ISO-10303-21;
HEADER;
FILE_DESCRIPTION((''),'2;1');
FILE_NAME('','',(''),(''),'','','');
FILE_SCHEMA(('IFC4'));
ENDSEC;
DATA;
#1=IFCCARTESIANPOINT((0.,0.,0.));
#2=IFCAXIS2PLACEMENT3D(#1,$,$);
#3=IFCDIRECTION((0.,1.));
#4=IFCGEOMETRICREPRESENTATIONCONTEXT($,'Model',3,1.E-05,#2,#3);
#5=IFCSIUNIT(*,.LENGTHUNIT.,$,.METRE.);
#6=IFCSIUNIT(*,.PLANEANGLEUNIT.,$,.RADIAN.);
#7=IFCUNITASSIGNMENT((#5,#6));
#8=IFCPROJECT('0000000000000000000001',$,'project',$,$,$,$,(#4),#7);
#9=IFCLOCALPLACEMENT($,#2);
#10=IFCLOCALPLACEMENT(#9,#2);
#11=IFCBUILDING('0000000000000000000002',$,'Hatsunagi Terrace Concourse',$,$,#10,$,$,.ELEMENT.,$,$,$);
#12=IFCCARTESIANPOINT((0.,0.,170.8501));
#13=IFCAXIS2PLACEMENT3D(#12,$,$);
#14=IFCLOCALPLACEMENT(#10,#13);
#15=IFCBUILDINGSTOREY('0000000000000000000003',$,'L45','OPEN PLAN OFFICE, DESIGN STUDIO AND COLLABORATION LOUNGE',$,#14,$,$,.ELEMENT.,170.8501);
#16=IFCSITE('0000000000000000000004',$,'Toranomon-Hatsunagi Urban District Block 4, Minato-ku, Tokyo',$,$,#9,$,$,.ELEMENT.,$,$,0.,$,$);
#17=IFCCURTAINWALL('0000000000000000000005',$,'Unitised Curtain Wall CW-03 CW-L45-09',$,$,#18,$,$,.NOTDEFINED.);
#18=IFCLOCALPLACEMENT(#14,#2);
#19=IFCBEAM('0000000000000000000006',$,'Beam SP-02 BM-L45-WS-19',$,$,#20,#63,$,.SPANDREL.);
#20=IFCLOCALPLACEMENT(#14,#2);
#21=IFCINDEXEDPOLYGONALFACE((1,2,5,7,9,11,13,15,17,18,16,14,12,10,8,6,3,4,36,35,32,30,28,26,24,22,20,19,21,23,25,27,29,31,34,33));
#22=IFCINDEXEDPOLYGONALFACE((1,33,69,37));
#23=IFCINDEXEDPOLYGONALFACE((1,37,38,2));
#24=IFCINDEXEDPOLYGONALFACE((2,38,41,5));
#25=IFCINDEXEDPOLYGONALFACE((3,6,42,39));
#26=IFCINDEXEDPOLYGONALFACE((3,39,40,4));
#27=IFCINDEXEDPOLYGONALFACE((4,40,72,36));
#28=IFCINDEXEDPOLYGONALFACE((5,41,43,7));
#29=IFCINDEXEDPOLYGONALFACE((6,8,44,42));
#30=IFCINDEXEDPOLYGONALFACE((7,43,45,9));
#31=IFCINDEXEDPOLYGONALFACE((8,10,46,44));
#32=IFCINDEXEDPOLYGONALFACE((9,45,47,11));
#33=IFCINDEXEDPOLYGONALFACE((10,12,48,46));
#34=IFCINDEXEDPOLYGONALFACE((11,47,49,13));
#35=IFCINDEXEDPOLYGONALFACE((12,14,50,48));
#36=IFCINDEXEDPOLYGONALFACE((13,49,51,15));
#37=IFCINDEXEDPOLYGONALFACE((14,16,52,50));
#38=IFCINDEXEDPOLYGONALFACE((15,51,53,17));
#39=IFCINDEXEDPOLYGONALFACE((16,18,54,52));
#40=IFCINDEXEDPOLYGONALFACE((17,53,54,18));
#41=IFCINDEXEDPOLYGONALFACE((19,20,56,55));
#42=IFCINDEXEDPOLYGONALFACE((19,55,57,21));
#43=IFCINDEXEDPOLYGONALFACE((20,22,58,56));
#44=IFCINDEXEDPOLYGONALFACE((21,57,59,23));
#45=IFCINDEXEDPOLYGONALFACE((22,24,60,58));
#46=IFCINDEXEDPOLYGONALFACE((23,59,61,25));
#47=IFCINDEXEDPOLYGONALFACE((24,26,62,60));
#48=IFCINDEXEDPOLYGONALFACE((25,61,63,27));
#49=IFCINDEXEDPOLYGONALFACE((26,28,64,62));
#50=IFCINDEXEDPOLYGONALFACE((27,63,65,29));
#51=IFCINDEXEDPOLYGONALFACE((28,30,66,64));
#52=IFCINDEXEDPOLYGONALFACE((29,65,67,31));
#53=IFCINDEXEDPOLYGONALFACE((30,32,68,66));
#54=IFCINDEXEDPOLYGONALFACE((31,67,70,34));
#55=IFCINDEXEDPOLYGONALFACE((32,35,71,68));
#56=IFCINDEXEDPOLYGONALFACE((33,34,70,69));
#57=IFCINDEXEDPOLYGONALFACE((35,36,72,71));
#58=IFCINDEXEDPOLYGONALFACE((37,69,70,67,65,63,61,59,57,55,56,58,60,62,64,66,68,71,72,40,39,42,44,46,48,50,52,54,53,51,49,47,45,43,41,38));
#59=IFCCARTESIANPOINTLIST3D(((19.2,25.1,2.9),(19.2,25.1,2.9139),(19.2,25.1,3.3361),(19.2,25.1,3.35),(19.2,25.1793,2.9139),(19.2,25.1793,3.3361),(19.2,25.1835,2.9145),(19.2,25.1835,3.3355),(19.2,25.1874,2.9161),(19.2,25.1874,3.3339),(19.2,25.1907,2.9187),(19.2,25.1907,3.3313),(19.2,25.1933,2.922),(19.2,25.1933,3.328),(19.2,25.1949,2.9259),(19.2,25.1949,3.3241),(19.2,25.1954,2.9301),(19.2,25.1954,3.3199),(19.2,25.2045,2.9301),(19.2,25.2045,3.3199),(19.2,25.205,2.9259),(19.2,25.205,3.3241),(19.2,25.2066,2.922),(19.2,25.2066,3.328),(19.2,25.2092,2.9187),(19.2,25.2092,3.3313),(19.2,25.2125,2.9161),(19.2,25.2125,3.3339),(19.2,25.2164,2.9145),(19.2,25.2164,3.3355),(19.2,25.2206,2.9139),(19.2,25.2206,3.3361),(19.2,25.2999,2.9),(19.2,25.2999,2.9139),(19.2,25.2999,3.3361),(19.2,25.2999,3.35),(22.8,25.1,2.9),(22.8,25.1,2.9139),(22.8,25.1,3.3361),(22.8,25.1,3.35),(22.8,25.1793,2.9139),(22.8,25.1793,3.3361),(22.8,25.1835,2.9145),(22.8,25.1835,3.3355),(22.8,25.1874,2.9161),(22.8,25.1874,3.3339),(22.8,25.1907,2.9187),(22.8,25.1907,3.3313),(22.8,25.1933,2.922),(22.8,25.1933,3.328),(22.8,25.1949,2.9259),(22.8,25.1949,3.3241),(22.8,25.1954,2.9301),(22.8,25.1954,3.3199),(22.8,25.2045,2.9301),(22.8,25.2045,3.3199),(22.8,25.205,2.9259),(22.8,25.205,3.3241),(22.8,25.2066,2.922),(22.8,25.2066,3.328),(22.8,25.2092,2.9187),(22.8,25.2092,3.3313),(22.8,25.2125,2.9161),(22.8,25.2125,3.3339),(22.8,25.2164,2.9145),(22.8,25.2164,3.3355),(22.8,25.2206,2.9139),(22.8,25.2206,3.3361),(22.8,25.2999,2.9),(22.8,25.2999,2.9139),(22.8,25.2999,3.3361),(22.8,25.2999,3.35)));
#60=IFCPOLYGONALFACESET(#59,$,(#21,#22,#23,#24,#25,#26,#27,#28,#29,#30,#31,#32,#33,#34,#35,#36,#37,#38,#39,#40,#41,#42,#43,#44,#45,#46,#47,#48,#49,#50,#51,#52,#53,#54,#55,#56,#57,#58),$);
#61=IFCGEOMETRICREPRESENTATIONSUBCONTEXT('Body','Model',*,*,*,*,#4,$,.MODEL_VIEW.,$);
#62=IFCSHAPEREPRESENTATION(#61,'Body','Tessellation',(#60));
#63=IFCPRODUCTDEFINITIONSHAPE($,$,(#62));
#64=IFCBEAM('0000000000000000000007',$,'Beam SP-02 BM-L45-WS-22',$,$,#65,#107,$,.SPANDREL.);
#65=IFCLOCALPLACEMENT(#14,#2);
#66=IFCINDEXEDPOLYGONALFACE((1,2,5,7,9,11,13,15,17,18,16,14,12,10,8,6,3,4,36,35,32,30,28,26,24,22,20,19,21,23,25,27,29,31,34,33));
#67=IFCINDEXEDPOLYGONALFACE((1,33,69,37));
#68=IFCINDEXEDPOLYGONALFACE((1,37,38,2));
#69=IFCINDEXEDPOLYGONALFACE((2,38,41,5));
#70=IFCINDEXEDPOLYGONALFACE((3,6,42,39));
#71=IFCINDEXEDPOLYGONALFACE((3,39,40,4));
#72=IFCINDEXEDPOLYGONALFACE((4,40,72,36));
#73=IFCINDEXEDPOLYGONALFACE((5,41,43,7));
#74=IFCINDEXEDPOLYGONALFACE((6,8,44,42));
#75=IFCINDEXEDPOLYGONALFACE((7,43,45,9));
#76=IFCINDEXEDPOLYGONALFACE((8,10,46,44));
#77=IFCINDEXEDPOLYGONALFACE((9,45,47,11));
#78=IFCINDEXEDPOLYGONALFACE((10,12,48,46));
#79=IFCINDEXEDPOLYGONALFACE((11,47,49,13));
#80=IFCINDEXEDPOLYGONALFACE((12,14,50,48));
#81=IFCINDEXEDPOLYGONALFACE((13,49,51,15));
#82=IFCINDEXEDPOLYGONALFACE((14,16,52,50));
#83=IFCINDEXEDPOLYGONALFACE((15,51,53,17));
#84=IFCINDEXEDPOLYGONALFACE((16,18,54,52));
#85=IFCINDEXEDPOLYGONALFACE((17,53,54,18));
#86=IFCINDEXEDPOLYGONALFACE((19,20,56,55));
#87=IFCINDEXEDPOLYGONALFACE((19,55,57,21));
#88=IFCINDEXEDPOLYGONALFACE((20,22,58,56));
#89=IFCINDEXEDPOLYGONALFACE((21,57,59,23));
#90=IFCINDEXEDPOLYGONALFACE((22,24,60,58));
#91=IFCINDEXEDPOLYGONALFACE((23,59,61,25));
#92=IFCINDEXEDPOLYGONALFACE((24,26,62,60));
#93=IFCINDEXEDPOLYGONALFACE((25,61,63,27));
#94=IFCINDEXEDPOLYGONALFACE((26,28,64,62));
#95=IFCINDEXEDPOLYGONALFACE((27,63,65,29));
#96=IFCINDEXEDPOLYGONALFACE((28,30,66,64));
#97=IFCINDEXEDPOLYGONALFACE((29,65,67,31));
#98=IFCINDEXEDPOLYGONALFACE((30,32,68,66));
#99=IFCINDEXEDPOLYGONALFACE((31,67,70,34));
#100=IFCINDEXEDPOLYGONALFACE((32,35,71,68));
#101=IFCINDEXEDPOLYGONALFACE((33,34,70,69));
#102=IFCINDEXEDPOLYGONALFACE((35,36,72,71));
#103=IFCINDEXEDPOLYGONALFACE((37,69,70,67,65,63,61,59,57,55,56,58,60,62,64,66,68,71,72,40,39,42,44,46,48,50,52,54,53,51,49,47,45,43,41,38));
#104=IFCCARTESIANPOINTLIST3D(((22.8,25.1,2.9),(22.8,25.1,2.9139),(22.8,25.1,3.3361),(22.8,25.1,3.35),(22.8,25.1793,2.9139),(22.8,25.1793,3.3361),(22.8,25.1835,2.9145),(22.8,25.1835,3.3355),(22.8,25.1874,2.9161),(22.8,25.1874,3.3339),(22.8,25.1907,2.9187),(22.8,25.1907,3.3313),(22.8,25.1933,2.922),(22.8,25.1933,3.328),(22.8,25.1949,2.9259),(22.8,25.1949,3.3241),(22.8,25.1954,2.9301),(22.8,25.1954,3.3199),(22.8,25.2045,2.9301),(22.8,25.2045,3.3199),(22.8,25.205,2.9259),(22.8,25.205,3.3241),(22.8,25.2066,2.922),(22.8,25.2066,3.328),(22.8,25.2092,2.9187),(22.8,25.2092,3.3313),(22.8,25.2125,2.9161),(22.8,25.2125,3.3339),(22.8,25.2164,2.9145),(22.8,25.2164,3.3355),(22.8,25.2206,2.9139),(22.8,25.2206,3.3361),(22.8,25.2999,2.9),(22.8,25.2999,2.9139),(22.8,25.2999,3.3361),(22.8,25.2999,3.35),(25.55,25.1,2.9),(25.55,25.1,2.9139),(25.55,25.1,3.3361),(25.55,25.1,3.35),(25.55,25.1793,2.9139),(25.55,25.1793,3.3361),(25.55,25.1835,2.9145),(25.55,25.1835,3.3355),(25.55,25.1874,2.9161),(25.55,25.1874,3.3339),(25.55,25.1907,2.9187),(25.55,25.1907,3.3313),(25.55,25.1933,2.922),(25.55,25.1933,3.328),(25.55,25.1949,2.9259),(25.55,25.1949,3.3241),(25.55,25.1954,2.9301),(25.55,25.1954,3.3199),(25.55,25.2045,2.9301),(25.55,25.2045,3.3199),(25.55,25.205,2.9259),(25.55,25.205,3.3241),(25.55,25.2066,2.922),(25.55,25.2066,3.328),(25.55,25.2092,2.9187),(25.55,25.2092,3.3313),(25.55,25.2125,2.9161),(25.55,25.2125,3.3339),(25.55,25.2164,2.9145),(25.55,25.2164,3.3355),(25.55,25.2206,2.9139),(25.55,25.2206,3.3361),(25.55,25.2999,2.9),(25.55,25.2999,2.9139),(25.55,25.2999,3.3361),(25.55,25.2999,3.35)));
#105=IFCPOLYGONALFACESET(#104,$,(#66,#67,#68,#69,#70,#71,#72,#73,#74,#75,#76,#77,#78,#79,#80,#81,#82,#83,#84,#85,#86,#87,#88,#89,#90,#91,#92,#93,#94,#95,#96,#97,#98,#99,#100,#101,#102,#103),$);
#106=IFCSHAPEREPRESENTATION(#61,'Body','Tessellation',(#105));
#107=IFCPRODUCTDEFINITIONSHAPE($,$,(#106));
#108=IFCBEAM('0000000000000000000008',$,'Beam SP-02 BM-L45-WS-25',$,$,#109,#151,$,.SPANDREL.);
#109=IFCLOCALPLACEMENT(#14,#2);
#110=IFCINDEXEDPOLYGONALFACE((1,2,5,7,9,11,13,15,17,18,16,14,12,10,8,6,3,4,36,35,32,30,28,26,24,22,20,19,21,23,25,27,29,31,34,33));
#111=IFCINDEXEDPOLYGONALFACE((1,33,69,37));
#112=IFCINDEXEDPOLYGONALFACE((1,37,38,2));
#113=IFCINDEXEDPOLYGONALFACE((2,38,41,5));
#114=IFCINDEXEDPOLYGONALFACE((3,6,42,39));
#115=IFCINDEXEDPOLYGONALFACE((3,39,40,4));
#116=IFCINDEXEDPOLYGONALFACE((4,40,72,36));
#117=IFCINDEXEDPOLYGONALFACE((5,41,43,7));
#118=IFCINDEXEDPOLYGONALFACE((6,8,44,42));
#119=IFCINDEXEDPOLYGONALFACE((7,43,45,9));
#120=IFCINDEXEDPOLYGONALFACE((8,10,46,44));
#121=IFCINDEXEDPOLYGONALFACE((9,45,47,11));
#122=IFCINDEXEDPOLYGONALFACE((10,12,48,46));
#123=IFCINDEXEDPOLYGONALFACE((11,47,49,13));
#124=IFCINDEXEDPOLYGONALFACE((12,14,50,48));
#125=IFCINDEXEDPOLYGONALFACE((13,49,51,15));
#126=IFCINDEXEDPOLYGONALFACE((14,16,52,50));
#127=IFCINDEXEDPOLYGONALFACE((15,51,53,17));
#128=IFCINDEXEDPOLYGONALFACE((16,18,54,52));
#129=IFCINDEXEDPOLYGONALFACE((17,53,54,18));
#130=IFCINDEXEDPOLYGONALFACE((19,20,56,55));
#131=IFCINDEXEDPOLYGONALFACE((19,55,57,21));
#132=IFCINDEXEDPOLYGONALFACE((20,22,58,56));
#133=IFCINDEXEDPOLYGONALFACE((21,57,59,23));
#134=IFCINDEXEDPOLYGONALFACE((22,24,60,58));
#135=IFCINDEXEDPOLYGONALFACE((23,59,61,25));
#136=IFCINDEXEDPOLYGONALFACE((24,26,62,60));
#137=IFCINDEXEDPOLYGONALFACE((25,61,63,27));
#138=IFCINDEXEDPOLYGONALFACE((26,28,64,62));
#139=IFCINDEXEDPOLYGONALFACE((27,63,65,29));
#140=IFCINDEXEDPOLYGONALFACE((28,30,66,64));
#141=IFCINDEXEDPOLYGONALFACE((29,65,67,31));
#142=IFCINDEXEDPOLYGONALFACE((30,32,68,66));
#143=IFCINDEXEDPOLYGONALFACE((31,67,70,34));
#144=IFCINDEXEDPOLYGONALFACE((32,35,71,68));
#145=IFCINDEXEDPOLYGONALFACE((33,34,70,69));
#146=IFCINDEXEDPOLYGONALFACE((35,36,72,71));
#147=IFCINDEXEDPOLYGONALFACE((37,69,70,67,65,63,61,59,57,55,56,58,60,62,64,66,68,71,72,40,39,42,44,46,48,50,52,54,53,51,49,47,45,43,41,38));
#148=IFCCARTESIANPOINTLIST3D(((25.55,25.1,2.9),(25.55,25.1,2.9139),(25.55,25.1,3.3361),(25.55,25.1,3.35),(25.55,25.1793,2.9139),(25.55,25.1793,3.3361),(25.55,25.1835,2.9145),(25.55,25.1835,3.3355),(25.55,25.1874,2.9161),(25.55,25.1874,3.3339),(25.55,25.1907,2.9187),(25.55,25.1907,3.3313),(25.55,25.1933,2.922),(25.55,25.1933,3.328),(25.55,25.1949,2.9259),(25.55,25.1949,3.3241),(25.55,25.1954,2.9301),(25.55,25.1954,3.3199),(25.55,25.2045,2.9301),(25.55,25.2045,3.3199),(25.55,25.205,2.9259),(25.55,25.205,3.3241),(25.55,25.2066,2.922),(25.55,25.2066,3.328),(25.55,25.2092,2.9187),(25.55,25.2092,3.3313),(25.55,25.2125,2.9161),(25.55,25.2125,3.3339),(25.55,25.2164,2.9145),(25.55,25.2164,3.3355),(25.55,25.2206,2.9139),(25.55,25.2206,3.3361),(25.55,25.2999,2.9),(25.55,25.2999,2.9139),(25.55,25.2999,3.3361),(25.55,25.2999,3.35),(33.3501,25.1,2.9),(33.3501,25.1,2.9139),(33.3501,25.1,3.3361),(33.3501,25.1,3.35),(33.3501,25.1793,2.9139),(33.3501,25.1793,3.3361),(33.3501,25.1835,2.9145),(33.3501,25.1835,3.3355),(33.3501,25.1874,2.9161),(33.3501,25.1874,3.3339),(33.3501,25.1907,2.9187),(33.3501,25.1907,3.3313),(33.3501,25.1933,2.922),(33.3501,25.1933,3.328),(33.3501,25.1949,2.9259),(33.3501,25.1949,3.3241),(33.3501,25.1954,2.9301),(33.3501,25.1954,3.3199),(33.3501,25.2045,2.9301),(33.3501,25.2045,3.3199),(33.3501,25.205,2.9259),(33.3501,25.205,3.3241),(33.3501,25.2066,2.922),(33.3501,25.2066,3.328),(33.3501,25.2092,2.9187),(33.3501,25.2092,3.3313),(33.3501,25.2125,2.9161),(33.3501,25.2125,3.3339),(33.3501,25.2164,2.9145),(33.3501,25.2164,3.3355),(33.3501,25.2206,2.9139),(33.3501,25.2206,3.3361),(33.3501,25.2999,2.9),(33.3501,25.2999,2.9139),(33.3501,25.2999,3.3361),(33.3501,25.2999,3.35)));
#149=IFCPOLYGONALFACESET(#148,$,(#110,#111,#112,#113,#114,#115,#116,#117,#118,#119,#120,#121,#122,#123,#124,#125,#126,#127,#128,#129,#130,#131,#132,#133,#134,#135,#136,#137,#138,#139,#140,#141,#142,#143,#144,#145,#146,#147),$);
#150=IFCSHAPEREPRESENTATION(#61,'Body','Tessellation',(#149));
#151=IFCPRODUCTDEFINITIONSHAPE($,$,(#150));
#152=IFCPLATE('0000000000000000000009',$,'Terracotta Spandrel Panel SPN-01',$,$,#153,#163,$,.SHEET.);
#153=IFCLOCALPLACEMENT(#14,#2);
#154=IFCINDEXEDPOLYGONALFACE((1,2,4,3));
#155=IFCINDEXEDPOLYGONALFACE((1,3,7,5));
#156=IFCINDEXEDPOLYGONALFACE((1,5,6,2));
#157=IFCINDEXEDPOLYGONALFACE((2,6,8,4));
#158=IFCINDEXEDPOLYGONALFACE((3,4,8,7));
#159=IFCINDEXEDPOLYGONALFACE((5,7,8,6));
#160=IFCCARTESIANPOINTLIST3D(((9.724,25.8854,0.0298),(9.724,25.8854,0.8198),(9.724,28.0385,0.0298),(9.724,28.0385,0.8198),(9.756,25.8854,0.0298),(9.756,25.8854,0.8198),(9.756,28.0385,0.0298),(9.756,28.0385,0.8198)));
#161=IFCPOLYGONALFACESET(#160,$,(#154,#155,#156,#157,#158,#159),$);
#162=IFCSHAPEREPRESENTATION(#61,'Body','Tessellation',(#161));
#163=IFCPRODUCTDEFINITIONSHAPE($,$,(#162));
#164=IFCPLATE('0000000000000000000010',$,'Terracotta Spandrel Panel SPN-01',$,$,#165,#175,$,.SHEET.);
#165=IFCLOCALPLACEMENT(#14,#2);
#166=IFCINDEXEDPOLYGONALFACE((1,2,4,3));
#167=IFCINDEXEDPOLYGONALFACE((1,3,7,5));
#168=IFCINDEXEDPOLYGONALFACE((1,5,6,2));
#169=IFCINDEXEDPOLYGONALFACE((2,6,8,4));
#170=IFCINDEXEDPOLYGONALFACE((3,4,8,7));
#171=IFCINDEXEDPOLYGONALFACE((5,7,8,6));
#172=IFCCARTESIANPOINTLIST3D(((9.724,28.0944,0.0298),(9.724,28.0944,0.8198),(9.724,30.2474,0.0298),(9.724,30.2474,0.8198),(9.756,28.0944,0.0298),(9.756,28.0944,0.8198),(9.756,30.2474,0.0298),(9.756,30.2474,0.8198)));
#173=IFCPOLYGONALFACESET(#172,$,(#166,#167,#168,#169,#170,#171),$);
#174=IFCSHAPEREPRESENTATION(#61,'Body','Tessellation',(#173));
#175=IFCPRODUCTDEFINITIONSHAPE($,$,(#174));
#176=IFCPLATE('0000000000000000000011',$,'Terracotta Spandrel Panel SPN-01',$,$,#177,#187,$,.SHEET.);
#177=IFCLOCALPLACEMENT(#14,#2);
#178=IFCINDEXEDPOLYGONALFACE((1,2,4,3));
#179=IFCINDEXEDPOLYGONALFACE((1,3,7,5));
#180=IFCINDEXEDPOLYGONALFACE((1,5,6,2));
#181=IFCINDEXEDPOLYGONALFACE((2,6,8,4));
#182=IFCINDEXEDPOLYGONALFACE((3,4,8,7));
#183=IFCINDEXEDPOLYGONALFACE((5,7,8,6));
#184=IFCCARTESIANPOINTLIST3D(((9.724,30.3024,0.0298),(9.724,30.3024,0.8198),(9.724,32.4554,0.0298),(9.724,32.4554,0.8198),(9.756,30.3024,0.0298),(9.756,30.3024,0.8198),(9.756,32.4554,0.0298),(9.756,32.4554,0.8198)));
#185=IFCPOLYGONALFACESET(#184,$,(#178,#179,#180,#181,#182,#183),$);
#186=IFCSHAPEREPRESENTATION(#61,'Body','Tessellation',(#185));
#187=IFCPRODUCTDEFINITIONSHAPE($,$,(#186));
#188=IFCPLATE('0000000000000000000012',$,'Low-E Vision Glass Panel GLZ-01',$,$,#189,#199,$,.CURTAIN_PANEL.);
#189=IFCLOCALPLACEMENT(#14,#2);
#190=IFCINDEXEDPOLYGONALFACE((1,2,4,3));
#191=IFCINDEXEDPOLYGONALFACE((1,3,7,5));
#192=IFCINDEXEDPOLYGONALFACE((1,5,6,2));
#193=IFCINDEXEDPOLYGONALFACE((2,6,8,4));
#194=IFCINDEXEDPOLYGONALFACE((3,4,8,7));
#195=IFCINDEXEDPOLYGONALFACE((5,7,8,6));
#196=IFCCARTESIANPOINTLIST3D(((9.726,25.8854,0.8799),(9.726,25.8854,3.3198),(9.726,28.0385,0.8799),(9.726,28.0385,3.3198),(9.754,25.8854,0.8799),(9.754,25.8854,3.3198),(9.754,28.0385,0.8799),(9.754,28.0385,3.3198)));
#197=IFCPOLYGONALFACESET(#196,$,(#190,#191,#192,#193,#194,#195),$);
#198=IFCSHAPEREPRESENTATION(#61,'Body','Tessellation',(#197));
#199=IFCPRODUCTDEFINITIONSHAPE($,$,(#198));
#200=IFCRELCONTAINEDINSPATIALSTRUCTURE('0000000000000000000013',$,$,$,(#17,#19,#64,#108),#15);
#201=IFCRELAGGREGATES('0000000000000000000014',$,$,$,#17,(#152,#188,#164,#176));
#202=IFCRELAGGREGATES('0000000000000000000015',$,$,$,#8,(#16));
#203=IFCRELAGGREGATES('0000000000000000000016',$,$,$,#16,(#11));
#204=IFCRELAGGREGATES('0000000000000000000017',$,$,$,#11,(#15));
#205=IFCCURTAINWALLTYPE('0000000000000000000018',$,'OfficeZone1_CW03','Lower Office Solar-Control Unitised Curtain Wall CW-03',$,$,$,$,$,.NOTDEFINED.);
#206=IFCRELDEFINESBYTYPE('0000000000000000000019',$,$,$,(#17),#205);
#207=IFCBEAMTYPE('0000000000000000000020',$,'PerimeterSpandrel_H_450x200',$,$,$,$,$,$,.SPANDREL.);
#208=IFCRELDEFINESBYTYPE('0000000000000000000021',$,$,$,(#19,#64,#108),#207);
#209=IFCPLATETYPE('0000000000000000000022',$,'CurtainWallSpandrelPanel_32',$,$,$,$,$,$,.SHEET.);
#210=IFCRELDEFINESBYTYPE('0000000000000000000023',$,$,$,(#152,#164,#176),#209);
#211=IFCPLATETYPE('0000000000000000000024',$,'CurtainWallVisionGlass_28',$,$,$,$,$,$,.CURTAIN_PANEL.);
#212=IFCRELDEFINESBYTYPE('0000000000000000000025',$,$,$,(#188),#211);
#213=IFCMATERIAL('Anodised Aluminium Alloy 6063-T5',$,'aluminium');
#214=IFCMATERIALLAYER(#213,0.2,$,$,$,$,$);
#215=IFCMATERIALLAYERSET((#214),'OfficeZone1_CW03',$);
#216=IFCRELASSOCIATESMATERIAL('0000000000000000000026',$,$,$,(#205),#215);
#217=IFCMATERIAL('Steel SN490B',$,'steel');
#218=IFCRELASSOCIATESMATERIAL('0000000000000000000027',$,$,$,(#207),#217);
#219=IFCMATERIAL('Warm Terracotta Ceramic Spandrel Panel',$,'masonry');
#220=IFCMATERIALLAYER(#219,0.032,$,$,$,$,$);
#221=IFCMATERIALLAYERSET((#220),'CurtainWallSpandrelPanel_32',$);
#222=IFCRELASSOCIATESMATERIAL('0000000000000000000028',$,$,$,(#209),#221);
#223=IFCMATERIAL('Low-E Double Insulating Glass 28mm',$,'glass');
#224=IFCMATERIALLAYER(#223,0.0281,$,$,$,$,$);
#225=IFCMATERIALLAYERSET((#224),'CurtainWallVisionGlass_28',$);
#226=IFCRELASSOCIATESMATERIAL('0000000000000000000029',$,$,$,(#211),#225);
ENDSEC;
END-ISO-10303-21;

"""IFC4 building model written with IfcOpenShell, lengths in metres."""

from ifc_helpers import new_model, si_unit, direction, frame, origin, origin_2d, place, context, subcontext, project, spatial, rectangle, i_section, extrude, material, layer, layer_set, material_profile, profile_set, type_object, element, aggregate, save


model = new_model("IFC4")

# Units and contexts
model_context = context("Model", 3, precision=1e-05, world=origin(), true_north=direction((0.0, 1.0)))
body_context = subcontext(model_context, "Body", "Model", "MODEL_VIEW")
ifc_project = project(units=[si_unit("LENGTHUNIT", "METRE"), si_unit("PLANEANGLEUNIT", "RADIAN")], contexts=[model_context])

# Site, building, storey
site_placement = place(None, origin())
site = spatial("IfcSite", under=ifc_project, at=site_placement, Name="Toranomon-Hatsunagi Urban District Block 4, Minato-ku, Tokyo", CompositionType="ELEMENT", RefElevation=0.0)
building_placement = place(site_placement, origin())
building = spatial("IfcBuilding", under=site, at=building_placement, Name="Hatsunagi Terrace Concourse", CompositionType="ELEMENT")
storey_placement = place(building_placement, frame((0.0, 0.0, 170.8501)))
storey = spatial("IfcBuildingStorey", under=building, at=storey_placement, Name="L45", Description="OPEN PLAN OFFICE, DESIGN STUDIO AND COLLABORATION LOUNGE", CompositionType="ELEMENT", Elevation=170.8501)

# Curtain wall
ifc_material_1 = material(Name="Anodised Aluminium Alloy 6063-T5", Category="aluminium")
ifc_layer_1 = layer(ifc_material_1, 0.2)
ifc_layer_set_1 = layer_set([ifc_layer_1], Name="OfficeZone1_CW03")
curtain_wall_type = type_object("IfcCurtainWallType", Name="OfficeZone1_CW03", Description="Lower Office Solar-Control Unitised Curtain Wall CW-03", PredefinedType="NOTDEFINED", material=ifc_layer_set_1)
curtain_wall_placement = place(storey_placement, origin())
curtain_wall = element("IfcCurtainWall", 1, at=curtain_wall_placement, inside=storey, type_object=curtain_wall_type, Name="Unitised Curtain Wall CW-03 CW-L45-09", PredefinedType="NOTDEFINED")

# Beams
ifc_material_2 = material(Name="Steel SN490B", Category="steel")
ifc_material_profile_1 = material_profile(ifc_material_2, i_section(OverallWidth=0.2, OverallDepth=0.45, WebThickness=0.009, FlangeThickness=0.0139, FilletRadius=0.0161, at=origin_2d()), Name="H-450x200x9x14")
ifc_profile_set_1 = profile_set([ifc_material_profile_1], Name="Steel SN490B")
beam_type_1 = type_object("IfcBeamType", Name="PerimeterSpandrel_H_450x200", PredefinedType="SPANDREL", material=ifc_profile_set_1)
beam_1_placement = place(storey_placement, frame((19.2, 25.2, 3.125), z_axis=(1.0, 0.0, 0.0), x_axis=(0.0, 1.0, 0.0)))
element("IfcBeam", 2, at=beam_1_placement, inside=storey, type_object=beam_type_1, Name="Beam SP-02 BM-L45-WS-19", PredefinedType="SPANDREL", context=body_context, shape_type="SweptSolid", body=[
    extrude(i_section(OverallWidth=0.2, OverallDepth=0.45, WebThickness=0.009, FlangeThickness=0.0139, FilletRadius=0.0161, at=origin_2d()), origin(), (0.0, 0.0, 1.0), 3.6001),
])
beam_2_placement = place(storey_placement, frame((22.8, 25.2, 3.125), z_axis=(1.0, 0.0, 0.0), x_axis=(0.0, 1.0, 0.0)))
element("IfcBeam", 3, at=beam_2_placement, inside=storey, type_object=beam_type_1, Name="Beam SP-02 BM-L45-WS-22", PredefinedType="SPANDREL", context=body_context, shape_type="SweptSolid", body=[
    extrude(i_section(OverallWidth=0.2, OverallDepth=0.45, WebThickness=0.009, FlangeThickness=0.0139, FilletRadius=0.0161, at=origin_2d()), origin(), (0.0, 0.0, 1.0), 2.75),
])
beam_3_placement = place(storey_placement, frame((25.55, 25.2, 3.125), z_axis=(1.0, 0.0, 0.0), x_axis=(0.0, 1.0, 0.0)))
element("IfcBeam", 4, at=beam_3_placement, inside=storey, type_object=beam_type_1, Name="Beam SP-02 BM-L45-WS-25", PredefinedType="SPANDREL", context=body_context, shape_type="SweptSolid", body=[
    extrude(i_section(OverallWidth=0.2, OverallDepth=0.45, WebThickness=0.009, FlangeThickness=0.0139, FilletRadius=0.0161, at=origin_2d()), origin(), (0.0, 0.0, 1.0), 7.8),
])

# Plates
ifc_material_3 = material(Name="Warm Terracotta Ceramic Spandrel Panel", Category="masonry")
ifc_layer_2 = layer(ifc_material_3, 0.032)
ifc_layer_set_2 = layer_set([ifc_layer_2], Name="CurtainWallSpandrelPanel_32")
plate_type_1 = type_object("IfcPlateType", Name="CurtainWallSpandrelPanel_32", PredefinedType="SHEET", material=ifc_layer_set_2)
plate_1_placement = place(storey_placement, frame((9.74, 26.9619, 0.0298), z_axis=(0.0, 0.0, 1.0), x_axis=(0.0, 1.0, 0.0)))
plate_1 = element("IfcPlate", 5, at=plate_1_placement, type_object=plate_type_1, Name="Terracotta Spandrel Panel SPN-01", PredefinedType="SHEET", context=body_context, shape_type="SweptSolid", body=[
    extrude(rectangle(XDim=2.1531, YDim=0.032, at=origin_2d()), origin(), (0.0, 0.0, 1.0), 0.79),
])
plate_2_placement = place(storey_placement, frame((9.74, 29.1709, 0.0298), z_axis=(0.0, 0.0, 1.0), x_axis=(0.0, 1.0, 0.0)))
plate_2 = element("IfcPlate", 6, at=plate_2_placement, type_object=plate_type_1, Name="Terracotta Spandrel Panel SPN-01", PredefinedType="SHEET", context=body_context, shape_type="SweptSolid", body=[
    extrude(rectangle(XDim=2.1531, YDim=0.032, at=origin_2d()), origin(), (0.0, 0.0, 1.0), 0.79),
])
plate_3_placement = place(storey_placement, frame((9.74, 31.3789, 0.0298), z_axis=(0.0, 0.0, 1.0), x_axis=(0.0, 1.0, 0.0)))
plate_3 = element("IfcPlate", 7, at=plate_3_placement, type_object=plate_type_1, Name="Terracotta Spandrel Panel SPN-01", PredefinedType="SHEET", context=body_context, shape_type="SweptSolid", body=[
    extrude(rectangle(XDim=2.1531, YDim=0.032, at=origin_2d()), origin(), (0.0, 0.0, 1.0), 0.79),
])
ifc_material_4 = material(Name="Low-E Double Insulating Glass 28mm", Category="glass")
ifc_layer_3 = layer(ifc_material_4, 0.0281)
ifc_layer_set_3 = layer_set([ifc_layer_3], Name="CurtainWallVisionGlass_28")
plate_type_2 = type_object("IfcPlateType", Name="CurtainWallVisionGlass_28", PredefinedType="CURTAIN_PANEL", material=ifc_layer_set_3)
plate_4_placement = place(storey_placement, frame((9.74, 26.9619, 0.8799), z_axis=(0.0, 0.0, 1.0), x_axis=(0.0, 1.0, 0.0)))
plate_4 = element("IfcPlate", 8, at=plate_4_placement, type_object=plate_type_2, Name="Low-E Vision Glass Panel GLZ-01", PredefinedType="CURTAIN_PANEL", context=body_context, shape_type="SweptSolid", body=[
    extrude(rectangle(XDim=2.1531, YDim=0.0281, at=origin_2d()), origin(), (0.0, 0.0, 1.0), 2.4399),
])
aggregate(curtain_wall, [plate_1, plate_4, plate_2, plate_3])

save(model, "model.ifc")
